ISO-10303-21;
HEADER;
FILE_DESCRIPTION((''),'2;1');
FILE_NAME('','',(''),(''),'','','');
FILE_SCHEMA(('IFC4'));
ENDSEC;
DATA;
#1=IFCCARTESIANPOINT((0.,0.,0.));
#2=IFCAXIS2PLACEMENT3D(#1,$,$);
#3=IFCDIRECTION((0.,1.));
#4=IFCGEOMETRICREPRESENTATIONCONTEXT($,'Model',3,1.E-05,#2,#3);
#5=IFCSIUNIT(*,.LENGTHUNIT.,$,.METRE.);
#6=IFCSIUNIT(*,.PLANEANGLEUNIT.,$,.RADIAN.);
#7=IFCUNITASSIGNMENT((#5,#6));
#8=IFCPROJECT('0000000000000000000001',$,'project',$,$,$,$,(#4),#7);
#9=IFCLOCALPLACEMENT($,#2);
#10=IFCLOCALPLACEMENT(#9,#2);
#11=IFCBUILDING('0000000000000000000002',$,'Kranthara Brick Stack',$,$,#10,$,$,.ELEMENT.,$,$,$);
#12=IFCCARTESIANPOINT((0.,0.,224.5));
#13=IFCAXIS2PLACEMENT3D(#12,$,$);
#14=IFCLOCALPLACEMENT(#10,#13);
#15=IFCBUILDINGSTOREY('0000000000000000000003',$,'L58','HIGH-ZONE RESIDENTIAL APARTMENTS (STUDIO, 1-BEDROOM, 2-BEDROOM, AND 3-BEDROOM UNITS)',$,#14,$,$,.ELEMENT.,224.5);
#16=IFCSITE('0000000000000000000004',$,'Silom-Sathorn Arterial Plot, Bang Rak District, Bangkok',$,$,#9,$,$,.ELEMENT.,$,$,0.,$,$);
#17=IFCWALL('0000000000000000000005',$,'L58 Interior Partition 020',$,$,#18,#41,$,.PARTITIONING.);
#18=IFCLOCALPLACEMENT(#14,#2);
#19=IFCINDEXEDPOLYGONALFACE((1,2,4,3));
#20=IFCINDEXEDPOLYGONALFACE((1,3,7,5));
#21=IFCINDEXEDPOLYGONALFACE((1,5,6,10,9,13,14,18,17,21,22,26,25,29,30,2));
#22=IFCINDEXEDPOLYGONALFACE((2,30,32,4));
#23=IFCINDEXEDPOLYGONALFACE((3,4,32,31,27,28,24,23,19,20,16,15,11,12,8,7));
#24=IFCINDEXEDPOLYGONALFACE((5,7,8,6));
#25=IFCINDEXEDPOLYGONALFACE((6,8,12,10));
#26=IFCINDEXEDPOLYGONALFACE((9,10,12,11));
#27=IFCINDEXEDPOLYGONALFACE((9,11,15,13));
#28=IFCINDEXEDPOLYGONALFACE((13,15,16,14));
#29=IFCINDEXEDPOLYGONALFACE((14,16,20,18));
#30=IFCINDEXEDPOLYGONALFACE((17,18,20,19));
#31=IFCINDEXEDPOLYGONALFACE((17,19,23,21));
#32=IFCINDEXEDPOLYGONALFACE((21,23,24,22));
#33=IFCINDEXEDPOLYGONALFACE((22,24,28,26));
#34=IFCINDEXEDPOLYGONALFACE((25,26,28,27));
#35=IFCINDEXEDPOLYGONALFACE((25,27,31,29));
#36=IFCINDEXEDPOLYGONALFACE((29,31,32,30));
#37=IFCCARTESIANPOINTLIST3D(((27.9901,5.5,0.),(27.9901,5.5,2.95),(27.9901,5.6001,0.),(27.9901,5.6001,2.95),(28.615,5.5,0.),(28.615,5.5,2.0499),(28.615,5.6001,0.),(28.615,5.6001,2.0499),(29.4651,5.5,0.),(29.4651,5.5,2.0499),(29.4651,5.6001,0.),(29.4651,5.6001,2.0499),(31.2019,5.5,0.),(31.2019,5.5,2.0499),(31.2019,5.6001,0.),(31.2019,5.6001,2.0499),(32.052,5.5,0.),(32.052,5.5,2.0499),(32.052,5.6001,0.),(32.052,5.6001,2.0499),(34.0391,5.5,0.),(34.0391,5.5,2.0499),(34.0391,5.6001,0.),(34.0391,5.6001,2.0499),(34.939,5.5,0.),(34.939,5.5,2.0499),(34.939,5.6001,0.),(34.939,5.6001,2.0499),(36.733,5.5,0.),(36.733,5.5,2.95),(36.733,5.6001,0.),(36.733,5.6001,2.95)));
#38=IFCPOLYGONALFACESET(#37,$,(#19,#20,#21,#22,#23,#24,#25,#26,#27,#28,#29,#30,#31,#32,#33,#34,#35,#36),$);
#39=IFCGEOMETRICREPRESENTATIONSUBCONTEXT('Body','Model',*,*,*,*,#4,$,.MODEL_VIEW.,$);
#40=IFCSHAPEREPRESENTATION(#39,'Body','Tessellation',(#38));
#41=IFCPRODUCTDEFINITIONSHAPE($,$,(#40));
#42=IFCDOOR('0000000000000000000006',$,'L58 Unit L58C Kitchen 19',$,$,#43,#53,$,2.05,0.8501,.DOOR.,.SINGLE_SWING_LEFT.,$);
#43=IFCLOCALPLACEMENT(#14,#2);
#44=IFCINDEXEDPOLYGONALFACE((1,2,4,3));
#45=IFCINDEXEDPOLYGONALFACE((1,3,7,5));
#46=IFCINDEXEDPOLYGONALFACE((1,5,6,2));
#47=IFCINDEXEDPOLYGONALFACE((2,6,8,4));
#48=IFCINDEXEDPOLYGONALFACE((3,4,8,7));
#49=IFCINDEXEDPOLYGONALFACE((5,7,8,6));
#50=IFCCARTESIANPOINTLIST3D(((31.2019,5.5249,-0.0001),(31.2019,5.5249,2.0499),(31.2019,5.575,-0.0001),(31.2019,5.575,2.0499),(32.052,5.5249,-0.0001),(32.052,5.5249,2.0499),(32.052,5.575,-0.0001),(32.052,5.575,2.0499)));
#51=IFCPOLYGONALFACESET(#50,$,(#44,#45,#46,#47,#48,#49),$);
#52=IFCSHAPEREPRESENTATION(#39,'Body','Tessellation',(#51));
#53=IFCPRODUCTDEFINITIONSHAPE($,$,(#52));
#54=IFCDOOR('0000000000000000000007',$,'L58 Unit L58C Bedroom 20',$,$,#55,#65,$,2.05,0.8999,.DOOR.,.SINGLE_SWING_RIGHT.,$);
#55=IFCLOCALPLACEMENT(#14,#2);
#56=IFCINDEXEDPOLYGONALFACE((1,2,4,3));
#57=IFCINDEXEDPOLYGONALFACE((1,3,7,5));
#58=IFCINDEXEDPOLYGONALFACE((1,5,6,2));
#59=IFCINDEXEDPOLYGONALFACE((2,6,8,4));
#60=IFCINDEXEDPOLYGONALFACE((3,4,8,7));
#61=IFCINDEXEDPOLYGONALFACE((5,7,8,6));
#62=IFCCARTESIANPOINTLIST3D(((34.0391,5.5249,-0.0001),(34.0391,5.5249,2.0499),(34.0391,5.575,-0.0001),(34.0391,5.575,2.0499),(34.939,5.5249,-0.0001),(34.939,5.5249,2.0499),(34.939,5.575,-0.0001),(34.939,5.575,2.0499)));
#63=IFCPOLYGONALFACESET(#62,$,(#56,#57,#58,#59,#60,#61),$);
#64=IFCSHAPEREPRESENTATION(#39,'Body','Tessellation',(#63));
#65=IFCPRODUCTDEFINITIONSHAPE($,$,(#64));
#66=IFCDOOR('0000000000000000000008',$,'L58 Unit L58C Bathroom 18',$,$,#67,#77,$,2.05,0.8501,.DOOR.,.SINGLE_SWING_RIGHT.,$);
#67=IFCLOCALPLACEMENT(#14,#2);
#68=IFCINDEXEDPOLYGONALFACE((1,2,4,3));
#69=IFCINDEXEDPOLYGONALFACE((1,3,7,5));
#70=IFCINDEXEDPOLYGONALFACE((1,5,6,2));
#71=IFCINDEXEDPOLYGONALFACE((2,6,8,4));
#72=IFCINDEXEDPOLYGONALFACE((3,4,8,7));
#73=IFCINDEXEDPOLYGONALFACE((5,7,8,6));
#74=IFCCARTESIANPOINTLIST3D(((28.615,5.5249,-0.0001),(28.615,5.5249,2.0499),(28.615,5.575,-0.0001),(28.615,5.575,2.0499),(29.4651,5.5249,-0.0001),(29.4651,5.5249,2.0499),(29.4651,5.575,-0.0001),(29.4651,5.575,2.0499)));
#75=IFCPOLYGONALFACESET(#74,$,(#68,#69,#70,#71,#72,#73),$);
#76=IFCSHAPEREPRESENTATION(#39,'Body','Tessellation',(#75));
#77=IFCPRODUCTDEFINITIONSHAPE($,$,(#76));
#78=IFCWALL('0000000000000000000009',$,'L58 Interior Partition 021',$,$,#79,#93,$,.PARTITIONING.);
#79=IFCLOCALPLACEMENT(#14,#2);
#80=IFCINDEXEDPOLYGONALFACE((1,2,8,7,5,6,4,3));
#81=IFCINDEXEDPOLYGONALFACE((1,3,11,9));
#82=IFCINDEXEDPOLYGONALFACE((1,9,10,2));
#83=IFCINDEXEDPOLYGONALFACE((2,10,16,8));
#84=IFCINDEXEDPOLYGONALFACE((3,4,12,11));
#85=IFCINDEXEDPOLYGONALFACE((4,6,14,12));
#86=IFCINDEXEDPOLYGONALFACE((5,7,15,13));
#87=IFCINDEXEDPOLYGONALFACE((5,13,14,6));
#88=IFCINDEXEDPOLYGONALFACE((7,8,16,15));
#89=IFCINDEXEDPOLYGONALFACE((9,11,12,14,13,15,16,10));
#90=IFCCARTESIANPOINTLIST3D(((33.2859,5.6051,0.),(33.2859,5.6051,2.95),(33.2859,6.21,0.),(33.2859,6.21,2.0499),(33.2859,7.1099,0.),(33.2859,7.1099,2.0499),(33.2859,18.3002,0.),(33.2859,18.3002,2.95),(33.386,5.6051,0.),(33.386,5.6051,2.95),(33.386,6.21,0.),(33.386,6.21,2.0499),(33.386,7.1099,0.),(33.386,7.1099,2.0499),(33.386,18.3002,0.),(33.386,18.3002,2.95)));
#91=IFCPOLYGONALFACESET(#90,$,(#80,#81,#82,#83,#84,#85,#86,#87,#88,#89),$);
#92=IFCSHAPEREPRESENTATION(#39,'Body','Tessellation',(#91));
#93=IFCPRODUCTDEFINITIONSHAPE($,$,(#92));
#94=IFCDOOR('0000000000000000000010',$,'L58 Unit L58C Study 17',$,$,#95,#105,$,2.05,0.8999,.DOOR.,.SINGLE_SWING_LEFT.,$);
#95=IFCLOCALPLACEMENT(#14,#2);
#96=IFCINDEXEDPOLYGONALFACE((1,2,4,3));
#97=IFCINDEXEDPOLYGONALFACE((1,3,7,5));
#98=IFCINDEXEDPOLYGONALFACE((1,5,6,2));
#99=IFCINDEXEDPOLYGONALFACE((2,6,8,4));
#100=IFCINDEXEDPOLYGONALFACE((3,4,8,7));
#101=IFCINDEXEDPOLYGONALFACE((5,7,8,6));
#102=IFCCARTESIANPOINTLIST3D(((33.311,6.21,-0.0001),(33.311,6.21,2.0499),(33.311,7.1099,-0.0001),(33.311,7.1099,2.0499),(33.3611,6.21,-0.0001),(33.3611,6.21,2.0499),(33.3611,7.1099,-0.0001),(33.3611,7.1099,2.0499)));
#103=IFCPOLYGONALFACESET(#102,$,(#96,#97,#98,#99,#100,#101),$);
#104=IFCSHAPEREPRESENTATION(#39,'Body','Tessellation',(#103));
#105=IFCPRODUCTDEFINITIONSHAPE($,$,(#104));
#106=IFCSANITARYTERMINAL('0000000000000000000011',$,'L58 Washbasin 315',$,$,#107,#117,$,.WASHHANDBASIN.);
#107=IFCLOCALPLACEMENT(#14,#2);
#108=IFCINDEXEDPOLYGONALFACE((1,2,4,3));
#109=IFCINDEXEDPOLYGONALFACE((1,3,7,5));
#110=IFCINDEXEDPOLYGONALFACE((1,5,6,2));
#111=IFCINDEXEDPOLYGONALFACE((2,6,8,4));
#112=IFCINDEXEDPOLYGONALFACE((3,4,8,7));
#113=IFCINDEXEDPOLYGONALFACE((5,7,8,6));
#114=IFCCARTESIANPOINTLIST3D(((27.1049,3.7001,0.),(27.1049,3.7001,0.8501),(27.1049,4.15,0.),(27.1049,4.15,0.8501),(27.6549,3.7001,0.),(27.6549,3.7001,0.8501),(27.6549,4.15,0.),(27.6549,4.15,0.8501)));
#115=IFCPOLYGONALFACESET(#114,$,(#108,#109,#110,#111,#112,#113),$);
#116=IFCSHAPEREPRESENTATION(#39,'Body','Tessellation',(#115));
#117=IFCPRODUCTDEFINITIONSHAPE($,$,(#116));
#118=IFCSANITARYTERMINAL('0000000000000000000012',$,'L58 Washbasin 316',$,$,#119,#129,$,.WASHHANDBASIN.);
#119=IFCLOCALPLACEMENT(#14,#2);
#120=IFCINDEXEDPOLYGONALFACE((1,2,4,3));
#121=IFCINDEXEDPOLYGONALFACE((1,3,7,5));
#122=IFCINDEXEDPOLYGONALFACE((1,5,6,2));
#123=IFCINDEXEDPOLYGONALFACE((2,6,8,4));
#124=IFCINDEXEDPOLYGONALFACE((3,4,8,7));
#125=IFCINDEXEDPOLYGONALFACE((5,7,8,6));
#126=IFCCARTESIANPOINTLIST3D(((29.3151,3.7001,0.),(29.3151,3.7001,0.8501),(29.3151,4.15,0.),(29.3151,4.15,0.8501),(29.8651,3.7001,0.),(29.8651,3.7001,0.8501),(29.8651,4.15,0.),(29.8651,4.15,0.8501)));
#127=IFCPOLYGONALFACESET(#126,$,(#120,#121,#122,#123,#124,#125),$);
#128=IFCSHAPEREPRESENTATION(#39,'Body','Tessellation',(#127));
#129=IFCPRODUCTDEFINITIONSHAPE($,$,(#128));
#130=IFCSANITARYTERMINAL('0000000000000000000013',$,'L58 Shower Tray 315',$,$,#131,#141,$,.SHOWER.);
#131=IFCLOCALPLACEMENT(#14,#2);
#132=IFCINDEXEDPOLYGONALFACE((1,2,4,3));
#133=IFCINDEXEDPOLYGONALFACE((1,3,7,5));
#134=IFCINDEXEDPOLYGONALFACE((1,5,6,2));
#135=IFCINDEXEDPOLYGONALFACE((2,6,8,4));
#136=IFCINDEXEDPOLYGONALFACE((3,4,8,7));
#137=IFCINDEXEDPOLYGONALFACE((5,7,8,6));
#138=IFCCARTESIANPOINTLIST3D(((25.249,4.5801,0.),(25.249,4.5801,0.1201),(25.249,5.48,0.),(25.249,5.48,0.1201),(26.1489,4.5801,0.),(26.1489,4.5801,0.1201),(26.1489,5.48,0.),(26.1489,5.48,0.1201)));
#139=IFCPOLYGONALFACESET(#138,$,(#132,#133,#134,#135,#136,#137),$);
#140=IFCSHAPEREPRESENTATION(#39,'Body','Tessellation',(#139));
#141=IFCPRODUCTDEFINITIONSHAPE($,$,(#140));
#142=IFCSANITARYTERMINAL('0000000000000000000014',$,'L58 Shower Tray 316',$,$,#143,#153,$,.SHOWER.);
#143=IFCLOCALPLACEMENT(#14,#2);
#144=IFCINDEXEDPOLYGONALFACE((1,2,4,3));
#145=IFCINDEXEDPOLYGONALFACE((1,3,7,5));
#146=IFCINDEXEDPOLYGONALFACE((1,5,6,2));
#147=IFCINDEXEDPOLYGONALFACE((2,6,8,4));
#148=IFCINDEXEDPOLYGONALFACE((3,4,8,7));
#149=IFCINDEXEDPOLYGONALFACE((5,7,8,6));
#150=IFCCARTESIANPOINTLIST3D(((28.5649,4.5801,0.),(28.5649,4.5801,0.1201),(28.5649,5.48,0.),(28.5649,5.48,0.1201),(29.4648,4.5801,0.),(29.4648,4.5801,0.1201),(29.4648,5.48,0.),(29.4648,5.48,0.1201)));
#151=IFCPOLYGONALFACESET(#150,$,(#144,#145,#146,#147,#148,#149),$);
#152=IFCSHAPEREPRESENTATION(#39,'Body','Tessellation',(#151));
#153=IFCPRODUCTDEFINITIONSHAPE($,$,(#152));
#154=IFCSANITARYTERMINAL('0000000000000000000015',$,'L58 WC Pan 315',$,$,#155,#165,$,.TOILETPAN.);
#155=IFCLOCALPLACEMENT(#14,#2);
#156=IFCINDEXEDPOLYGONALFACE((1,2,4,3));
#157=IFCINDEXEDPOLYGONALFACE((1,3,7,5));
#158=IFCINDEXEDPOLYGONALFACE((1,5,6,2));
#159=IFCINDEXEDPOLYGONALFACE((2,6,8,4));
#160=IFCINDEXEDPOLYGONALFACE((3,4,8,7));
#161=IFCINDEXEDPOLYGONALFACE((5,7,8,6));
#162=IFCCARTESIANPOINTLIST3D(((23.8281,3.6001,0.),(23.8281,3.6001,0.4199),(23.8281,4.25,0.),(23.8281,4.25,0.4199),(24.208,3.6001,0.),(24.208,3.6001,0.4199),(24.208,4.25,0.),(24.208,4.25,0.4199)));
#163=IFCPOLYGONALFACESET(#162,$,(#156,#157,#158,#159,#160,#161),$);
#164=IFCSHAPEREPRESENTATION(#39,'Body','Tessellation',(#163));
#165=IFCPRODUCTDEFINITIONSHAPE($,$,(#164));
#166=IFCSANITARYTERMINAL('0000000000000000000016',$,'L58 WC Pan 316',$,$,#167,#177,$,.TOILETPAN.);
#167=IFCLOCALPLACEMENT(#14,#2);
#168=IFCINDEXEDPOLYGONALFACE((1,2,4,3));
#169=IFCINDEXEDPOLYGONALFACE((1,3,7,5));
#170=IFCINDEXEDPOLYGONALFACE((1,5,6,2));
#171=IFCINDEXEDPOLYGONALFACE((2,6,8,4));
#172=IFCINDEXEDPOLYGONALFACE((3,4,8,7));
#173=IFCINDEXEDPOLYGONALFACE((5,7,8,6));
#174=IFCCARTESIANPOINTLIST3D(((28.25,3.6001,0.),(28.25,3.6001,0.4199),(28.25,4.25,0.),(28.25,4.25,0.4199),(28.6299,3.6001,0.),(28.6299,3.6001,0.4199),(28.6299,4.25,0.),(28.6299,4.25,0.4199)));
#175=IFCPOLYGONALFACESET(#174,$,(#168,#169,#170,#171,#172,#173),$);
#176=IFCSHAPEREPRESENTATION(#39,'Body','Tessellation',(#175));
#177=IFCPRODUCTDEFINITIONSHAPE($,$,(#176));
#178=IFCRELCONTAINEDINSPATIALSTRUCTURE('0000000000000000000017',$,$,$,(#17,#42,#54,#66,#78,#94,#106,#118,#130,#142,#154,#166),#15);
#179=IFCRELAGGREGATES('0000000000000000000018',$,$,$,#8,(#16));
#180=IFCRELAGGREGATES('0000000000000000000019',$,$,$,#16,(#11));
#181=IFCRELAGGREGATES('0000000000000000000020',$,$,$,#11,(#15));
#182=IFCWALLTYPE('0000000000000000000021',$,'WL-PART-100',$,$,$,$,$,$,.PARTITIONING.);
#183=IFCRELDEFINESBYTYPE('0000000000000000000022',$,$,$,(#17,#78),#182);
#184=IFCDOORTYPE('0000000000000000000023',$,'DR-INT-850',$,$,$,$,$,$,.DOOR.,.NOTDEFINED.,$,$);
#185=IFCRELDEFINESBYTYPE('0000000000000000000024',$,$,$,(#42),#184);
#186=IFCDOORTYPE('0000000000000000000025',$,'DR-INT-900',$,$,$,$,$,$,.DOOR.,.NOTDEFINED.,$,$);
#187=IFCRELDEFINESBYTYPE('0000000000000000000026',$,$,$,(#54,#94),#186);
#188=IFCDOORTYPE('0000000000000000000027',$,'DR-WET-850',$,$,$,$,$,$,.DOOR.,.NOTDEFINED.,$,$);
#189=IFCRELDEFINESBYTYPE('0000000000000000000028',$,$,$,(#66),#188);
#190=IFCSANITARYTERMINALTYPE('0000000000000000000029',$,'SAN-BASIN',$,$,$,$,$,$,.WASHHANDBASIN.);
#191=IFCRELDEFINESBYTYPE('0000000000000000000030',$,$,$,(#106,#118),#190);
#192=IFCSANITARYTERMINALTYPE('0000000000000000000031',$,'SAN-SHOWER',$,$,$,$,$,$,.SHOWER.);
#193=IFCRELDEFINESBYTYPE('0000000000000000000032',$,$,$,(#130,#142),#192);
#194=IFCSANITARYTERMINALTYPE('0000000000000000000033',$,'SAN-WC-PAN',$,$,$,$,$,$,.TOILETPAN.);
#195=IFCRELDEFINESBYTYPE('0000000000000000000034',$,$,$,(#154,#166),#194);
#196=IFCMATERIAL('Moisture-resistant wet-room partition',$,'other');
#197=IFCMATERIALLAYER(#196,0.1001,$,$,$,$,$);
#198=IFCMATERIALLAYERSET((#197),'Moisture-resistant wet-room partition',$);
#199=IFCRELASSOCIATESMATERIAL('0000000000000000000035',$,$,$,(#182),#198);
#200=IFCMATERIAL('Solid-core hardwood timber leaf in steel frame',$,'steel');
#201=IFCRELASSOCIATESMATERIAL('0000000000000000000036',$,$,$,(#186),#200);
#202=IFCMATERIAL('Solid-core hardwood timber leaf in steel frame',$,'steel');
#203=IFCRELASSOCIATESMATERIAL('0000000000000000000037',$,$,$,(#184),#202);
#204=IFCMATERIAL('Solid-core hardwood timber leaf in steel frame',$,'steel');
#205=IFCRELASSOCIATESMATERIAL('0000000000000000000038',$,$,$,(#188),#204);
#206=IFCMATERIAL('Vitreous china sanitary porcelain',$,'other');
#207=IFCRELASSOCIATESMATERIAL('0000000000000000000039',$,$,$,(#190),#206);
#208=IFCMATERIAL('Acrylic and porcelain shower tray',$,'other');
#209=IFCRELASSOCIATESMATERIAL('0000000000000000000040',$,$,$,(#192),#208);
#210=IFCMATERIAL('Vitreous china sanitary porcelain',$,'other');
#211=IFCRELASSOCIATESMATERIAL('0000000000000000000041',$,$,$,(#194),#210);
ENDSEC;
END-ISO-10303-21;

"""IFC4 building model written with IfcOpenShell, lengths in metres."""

from ifc_helpers import new_model, si_unit, direction, frame, frame_2d, origin, origin_2d, place, context, subcontext, project, spatial, rectangle, extrude, material, layer, layer_set, type_object, element, fill, save


model = new_model("IFC4")

# Units and contexts
model_context = context("Model", 3, precision=1e-05, world=origin(), true_north=direction((0.0, 1.0)))
body_context = subcontext(model_context, "Body", "Model", "MODEL_VIEW")
ifc_project = project(units=[si_unit("LENGTHUNIT", "METRE"), si_unit("PLANEANGLEUNIT", "RADIAN")], contexts=[model_context])

# Site, building, storey
site_placement = place(None, origin())
site = spatial("IfcSite", under=ifc_project, at=site_placement, Name="Silom-Sathorn Arterial Plot, Bang Rak District, Bangkok", CompositionType="ELEMENT", RefElevation=0.0)
building_placement = place(site_placement, origin())
building = spatial("IfcBuilding", under=site, at=building_placement, Name="Kranthara Brick Stack", CompositionType="ELEMENT")
storey_placement = place(building_placement, frame((0.0, 0.0, 224.5)))
storey = spatial("IfcBuildingStorey", under=building, at=storey_placement, Name="L58", Description="HIGH-ZONE RESIDENTIAL APARTMENTS (STUDIO, 1-BEDROOM, 2-BEDROOM, AND 3-BEDROOM UNITS)", CompositionType="ELEMENT", Elevation=224.5)

# Shared definitions
ifc_material_1 = material(Name="Moisture-resistant wet-room partition", Category="other")
ifc_layer_1 = layer(ifc_material_1, 0.1001)
ifc_layer_set_1 = layer_set([ifc_layer_1], Name="Moisture-resistant wet-room partition")
wall_type_1 = type_object("IfcWallType", Name="WL-PART-100", PredefinedType="PARTITIONING", material=ifc_layer_set_1)
ifc_material_2 = material(Name="Solid-core hardwood timber leaf in steel frame", Category="steel")
door_type_1 = type_object("IfcDoorType", Name="DR-INT-900", OperationType="NOTDEFINED", PredefinedType="DOOR", material=ifc_material_2)

# Wall, openings, doors
wall_1_placement = place(storey_placement, frame((27.99, 5.55, 0.0), z_axis=(0.0, 0.0, 1.0), x_axis=(1.0, 0.0, 0.0)))
wall_1 = element("IfcWall", 1, at=wall_1_placement, inside=storey, type_object=wall_type_1, Name="L58 Interior Partition 020", PredefinedType="PARTITIONING", context=body_context, shape_type="SweptSolid", body=[
    extrude(rectangle(XDim=8.7429, YDim=0.1001, at=frame_2d((4.3716, 0.0))), origin(), (0.0, 0.0, 1.0), 2.95),
])
opening_1_placement = place(wall_1_placement, frame((0.625, 0.0, 0.0)))
opening_1 = element("IfcOpeningElement", 2, at=opening_1_placement, cuts=wall_1, PredefinedType="OPENING", context=body_context, shape_type="SweptSolid", body=[
    extrude(rectangle(XDim=0.8501, YDim=2.05, at=frame_2d((0.425, 1.0249))), frame((0.0, 0.0601, 0.0), z_axis=(0.0, -1.0, 0.0), x_axis=(1.0, 0.0, 0.0)), (0.0, 0.0, 1.0), 0.1201),
])
opening_2_placement = place(wall_1_placement, frame((3.2119, 0.0, 0.0)))
opening_2 = element("IfcOpeningElement", 3, at=opening_2_placement, cuts=wall_1, PredefinedType="OPENING", context=body_context, shape_type="SweptSolid", body=[
    extrude(rectangle(XDim=0.8501, YDim=2.05, at=frame_2d((0.425, 1.0249))), frame((0.0, 0.0601, 0.0), z_axis=(0.0, -1.0, 0.0), x_axis=(1.0, 0.0, 0.0)), (0.0, 0.0, 1.0), 0.1201),
])
opening_3_placement = place(wall_1_placement, frame((6.0491, 0.0, 0.0)))
opening_3 = element("IfcOpeningElement", 4, at=opening_3_placement, cuts=wall_1, PredefinedType="OPENING", context=body_context, shape_type="SweptSolid", body=[
    extrude(rectangle(XDim=0.8999, YDim=2.05, at=frame_2d((0.45, 1.0249))), frame((0.0, 0.0601, 0.0), z_axis=(0.0, -1.0, 0.0), x_axis=(1.0, 0.0, 0.0)), (0.0, 0.0, 1.0), 0.1201),
])
ifc_material_3 = material(Name="Solid-core hardwood timber leaf in steel frame", Category="steel")
door_type_2 = type_object("IfcDoorType", Name="DR-INT-850", OperationType="NOTDEFINED", PredefinedType="DOOR", material=ifc_material_3)
door_1_placement = place(opening_2_placement, origin())
door_1 = element("IfcDoor", 5, at=door_1_placement, inside=storey, type_object=door_type_2, Name="L58 Unit L58C Kitchen 19", OperationType="SINGLE_SWING_LEFT", OverallHeight=2.05, OverallWidth=0.8501, PredefinedType="DOOR", context=body_context, shape_type="SweptSolid", body=[
    extrude(rectangle(XDim=0.8501, YDim=2.05, at=frame_2d((0.425, 1.0249))), frame((0.0, 0.0249, 0.0), z_axis=(0.0, -1.0, 0.0), x_axis=(1.0, 0.0, 0.0)), (0.0, 0.0, 1.0), 0.05),
])
fill(opening_2, door_1)
door_2_placement = place(opening_3_placement, origin())
door_2 = element("IfcDoor", 6, at=door_2_placement, inside=storey, type_object=door_type_1, Name="L58 Unit L58C Bedroom 20", OperationType="SINGLE_SWING_RIGHT", OverallHeight=2.05, OverallWidth=0.8999, PredefinedType="DOOR", context=body_context, shape_type="SweptSolid", body=[
    extrude(rectangle(XDim=0.8999, YDim=2.05, at=frame_2d((0.45, 1.0249))), frame((0.0, 0.0249, 0.0), z_axis=(0.0, -1.0, 0.0), x_axis=(1.0, 0.0, 0.0)), (0.0, 0.0, 1.0), 0.05),
])
fill(opening_3, door_2)
ifc_material_4 = material(Name="Solid-core hardwood timber leaf in steel frame", Category="steel")
door_type_3 = type_object("IfcDoorType", Name="DR-WET-850", OperationType="NOTDEFINED", PredefinedType="DOOR", material=ifc_material_4)
door_3_placement = place(opening_1_placement, origin())
door_3 = element("IfcDoor", 7, at=door_3_placement, inside=storey, type_object=door_type_3, Name="L58 Unit L58C Bathroom 18", OperationType="SINGLE_SWING_RIGHT", OverallHeight=2.05, OverallWidth=0.8501, PredefinedType="DOOR", context=body_context, shape_type="SweptSolid", body=[
    extrude(rectangle(XDim=0.8501, YDim=2.05, at=frame_2d((0.425, 1.0249))), frame((0.0, 0.0249, 0.0), z_axis=(0.0, -1.0, 0.0), x_axis=(1.0, 0.0, 0.0)), (0.0, 0.0, 1.0), 0.05),
])
fill(opening_1, door_3)

# Wall, opening, door
wall_2_placement = place(storey_placement, frame((33.3359, 5.605, 0.0), z_axis=(0.0, 0.0, 1.0), x_axis=(0.0, 1.0, 0.0)))
wall_2 = element("IfcWall", 8, at=wall_2_placement, inside=storey, type_object=wall_type_1, Name="L58 Interior Partition 021", PredefinedType="PARTITIONING", context=body_context, shape_type="SweptSolid", body=[
    extrude(rectangle(XDim=12.6951, YDim=0.1001, at=frame_2d((6.3477, 0.0))), origin(), (0.0, 0.0, 1.0), 2.95),
])
opening_4_placement = place(wall_2_placement, frame((0.605, 0.0, 0.0)))
opening_4 = element("IfcOpeningElement", 9, at=opening_4_placement, cuts=wall_2, PredefinedType="OPENING", context=body_context, shape_type="SweptSolid", body=[
    extrude(rectangle(XDim=0.8999, YDim=2.05, at=frame_2d((0.45, 1.0249))), frame((0.0, 0.0601, 0.0), z_axis=(0.0, -1.0, 0.0), x_axis=(1.0, 0.0, 0.0)), (0.0, 0.0, 1.0), 0.1201),
])
door_4_placement = place(opening_4_placement, origin())
door_4 = element("IfcDoor", 10, at=door_4_placement, inside=storey, type_object=door_type_1, Name="L58 Unit L58C Study 17", OperationType="SINGLE_SWING_LEFT", OverallHeight=2.05, OverallWidth=0.8999, PredefinedType="DOOR", context=body_context, shape_type="SweptSolid", body=[
    extrude(rectangle(XDim=0.8999, YDim=2.05, at=frame_2d((0.45, 1.0249))), frame((0.0, 0.0249, 0.0), z_axis=(0.0, -1.0, 0.0), x_axis=(1.0, 0.0, 0.0)), (0.0, 0.0, 1.0), 0.05),
])
fill(opening_4, door_4)

# Sanitary terminals
ifc_material_5 = material(Name="Vitreous china sanitary porcelain", Category="other")
sanitary_terminal_type_1 = type_object("IfcSanitaryTerminalType", Name="SAN-BASIN", PredefinedType="WASHHANDBASIN", material=ifc_material_5)
for number, where, z_axis, x_axis, name in (
    (11, (27.3799, 3.925, 0.0), (0.0, 0.0, 1.0), (1.0, 0.0, 0.0), "L58 Washbasin 315"),
    (12, (29.5901, 3.925, 0.0), (0.0, 0.0, 1.0), (1.0, 0.0, 0.0), "L58 Washbasin 316"),
):
    element("IfcSanitaryTerminal", number, at=place(storey_placement, frame(where, z_axis=z_axis, x_axis=x_axis)), inside=storey, type_object=sanitary_terminal_type_1, Name=name, PredefinedType="WASHHANDBASIN", context=body_context, shape_type="SweptSolid", body=[
        extrude(rectangle(XDim=0.55, YDim=0.45, at=origin_2d()), origin(), (0.0, 0.0, 1.0), 0.8501),
    ])
ifc_material_6 = material(Name="Acrylic and porcelain shower tray", Category="other")
sanitary_terminal_type_2 = type_object("IfcSanitaryTerminalType", Name="SAN-SHOWER", PredefinedType="SHOWER", material=ifc_material_6)
for number, where, z_axis, x_axis, name in (
    (13, (25.699, 5.03, 0.0), (0.0, 0.0, 1.0), (1.0, 0.0, 0.0), "L58 Shower Tray 315"),
    (14, (29.0149, 5.03, 0.0), (0.0, 0.0, 1.0), (1.0, 0.0, 0.0), "L58 Shower Tray 316"),
):
    element("IfcSanitaryTerminal", number, at=place(storey_placement, frame(where, z_axis=z_axis, x_axis=x_axis)), inside=storey, type_object=sanitary_terminal_type_2, Name=name, PredefinedType="SHOWER", context=body_context, shape_type="SweptSolid", body=[
        extrude(rectangle(XDim=0.8999, YDim=0.8999, at=origin_2d()), origin(), (0.0, 0.0, 1.0), 0.1201),
    ])
ifc_material_7 = material(Name="Vitreous china sanitary porcelain", Category="other")
sanitary_terminal_type_3 = type_object("IfcSanitaryTerminalType", Name="SAN-WC-PAN", PredefinedType="TOILETPAN", material=ifc_material_7)
for number, where, z_axis, x_axis, name in (
    (15, (24.0181, 3.925, 0.0), (0.0, 0.0, 1.0), (1.0, 0.0, 0.0), "L58 WC Pan 315"),
    (16, (28.4399, 3.925, 0.0), (0.0, 0.0, 1.0), (1.0, 0.0, 0.0), "L58 WC Pan 316"),
):
    element("IfcSanitaryTerminal", number, at=place(storey_placement, frame(where, z_axis=z_axis, x_axis=x_axis)), inside=storey, type_object=sanitary_terminal_type_3, Name=name, PredefinedType="TOILETPAN", context=body_context, shape_type="SweptSolid", body=[
        extrude(rectangle(XDim=0.3799, YDim=0.6499, at=origin_2d()), origin(), (0.0, 0.0, 1.0), 0.4199),
    ])

save(model, "model.ifc")
